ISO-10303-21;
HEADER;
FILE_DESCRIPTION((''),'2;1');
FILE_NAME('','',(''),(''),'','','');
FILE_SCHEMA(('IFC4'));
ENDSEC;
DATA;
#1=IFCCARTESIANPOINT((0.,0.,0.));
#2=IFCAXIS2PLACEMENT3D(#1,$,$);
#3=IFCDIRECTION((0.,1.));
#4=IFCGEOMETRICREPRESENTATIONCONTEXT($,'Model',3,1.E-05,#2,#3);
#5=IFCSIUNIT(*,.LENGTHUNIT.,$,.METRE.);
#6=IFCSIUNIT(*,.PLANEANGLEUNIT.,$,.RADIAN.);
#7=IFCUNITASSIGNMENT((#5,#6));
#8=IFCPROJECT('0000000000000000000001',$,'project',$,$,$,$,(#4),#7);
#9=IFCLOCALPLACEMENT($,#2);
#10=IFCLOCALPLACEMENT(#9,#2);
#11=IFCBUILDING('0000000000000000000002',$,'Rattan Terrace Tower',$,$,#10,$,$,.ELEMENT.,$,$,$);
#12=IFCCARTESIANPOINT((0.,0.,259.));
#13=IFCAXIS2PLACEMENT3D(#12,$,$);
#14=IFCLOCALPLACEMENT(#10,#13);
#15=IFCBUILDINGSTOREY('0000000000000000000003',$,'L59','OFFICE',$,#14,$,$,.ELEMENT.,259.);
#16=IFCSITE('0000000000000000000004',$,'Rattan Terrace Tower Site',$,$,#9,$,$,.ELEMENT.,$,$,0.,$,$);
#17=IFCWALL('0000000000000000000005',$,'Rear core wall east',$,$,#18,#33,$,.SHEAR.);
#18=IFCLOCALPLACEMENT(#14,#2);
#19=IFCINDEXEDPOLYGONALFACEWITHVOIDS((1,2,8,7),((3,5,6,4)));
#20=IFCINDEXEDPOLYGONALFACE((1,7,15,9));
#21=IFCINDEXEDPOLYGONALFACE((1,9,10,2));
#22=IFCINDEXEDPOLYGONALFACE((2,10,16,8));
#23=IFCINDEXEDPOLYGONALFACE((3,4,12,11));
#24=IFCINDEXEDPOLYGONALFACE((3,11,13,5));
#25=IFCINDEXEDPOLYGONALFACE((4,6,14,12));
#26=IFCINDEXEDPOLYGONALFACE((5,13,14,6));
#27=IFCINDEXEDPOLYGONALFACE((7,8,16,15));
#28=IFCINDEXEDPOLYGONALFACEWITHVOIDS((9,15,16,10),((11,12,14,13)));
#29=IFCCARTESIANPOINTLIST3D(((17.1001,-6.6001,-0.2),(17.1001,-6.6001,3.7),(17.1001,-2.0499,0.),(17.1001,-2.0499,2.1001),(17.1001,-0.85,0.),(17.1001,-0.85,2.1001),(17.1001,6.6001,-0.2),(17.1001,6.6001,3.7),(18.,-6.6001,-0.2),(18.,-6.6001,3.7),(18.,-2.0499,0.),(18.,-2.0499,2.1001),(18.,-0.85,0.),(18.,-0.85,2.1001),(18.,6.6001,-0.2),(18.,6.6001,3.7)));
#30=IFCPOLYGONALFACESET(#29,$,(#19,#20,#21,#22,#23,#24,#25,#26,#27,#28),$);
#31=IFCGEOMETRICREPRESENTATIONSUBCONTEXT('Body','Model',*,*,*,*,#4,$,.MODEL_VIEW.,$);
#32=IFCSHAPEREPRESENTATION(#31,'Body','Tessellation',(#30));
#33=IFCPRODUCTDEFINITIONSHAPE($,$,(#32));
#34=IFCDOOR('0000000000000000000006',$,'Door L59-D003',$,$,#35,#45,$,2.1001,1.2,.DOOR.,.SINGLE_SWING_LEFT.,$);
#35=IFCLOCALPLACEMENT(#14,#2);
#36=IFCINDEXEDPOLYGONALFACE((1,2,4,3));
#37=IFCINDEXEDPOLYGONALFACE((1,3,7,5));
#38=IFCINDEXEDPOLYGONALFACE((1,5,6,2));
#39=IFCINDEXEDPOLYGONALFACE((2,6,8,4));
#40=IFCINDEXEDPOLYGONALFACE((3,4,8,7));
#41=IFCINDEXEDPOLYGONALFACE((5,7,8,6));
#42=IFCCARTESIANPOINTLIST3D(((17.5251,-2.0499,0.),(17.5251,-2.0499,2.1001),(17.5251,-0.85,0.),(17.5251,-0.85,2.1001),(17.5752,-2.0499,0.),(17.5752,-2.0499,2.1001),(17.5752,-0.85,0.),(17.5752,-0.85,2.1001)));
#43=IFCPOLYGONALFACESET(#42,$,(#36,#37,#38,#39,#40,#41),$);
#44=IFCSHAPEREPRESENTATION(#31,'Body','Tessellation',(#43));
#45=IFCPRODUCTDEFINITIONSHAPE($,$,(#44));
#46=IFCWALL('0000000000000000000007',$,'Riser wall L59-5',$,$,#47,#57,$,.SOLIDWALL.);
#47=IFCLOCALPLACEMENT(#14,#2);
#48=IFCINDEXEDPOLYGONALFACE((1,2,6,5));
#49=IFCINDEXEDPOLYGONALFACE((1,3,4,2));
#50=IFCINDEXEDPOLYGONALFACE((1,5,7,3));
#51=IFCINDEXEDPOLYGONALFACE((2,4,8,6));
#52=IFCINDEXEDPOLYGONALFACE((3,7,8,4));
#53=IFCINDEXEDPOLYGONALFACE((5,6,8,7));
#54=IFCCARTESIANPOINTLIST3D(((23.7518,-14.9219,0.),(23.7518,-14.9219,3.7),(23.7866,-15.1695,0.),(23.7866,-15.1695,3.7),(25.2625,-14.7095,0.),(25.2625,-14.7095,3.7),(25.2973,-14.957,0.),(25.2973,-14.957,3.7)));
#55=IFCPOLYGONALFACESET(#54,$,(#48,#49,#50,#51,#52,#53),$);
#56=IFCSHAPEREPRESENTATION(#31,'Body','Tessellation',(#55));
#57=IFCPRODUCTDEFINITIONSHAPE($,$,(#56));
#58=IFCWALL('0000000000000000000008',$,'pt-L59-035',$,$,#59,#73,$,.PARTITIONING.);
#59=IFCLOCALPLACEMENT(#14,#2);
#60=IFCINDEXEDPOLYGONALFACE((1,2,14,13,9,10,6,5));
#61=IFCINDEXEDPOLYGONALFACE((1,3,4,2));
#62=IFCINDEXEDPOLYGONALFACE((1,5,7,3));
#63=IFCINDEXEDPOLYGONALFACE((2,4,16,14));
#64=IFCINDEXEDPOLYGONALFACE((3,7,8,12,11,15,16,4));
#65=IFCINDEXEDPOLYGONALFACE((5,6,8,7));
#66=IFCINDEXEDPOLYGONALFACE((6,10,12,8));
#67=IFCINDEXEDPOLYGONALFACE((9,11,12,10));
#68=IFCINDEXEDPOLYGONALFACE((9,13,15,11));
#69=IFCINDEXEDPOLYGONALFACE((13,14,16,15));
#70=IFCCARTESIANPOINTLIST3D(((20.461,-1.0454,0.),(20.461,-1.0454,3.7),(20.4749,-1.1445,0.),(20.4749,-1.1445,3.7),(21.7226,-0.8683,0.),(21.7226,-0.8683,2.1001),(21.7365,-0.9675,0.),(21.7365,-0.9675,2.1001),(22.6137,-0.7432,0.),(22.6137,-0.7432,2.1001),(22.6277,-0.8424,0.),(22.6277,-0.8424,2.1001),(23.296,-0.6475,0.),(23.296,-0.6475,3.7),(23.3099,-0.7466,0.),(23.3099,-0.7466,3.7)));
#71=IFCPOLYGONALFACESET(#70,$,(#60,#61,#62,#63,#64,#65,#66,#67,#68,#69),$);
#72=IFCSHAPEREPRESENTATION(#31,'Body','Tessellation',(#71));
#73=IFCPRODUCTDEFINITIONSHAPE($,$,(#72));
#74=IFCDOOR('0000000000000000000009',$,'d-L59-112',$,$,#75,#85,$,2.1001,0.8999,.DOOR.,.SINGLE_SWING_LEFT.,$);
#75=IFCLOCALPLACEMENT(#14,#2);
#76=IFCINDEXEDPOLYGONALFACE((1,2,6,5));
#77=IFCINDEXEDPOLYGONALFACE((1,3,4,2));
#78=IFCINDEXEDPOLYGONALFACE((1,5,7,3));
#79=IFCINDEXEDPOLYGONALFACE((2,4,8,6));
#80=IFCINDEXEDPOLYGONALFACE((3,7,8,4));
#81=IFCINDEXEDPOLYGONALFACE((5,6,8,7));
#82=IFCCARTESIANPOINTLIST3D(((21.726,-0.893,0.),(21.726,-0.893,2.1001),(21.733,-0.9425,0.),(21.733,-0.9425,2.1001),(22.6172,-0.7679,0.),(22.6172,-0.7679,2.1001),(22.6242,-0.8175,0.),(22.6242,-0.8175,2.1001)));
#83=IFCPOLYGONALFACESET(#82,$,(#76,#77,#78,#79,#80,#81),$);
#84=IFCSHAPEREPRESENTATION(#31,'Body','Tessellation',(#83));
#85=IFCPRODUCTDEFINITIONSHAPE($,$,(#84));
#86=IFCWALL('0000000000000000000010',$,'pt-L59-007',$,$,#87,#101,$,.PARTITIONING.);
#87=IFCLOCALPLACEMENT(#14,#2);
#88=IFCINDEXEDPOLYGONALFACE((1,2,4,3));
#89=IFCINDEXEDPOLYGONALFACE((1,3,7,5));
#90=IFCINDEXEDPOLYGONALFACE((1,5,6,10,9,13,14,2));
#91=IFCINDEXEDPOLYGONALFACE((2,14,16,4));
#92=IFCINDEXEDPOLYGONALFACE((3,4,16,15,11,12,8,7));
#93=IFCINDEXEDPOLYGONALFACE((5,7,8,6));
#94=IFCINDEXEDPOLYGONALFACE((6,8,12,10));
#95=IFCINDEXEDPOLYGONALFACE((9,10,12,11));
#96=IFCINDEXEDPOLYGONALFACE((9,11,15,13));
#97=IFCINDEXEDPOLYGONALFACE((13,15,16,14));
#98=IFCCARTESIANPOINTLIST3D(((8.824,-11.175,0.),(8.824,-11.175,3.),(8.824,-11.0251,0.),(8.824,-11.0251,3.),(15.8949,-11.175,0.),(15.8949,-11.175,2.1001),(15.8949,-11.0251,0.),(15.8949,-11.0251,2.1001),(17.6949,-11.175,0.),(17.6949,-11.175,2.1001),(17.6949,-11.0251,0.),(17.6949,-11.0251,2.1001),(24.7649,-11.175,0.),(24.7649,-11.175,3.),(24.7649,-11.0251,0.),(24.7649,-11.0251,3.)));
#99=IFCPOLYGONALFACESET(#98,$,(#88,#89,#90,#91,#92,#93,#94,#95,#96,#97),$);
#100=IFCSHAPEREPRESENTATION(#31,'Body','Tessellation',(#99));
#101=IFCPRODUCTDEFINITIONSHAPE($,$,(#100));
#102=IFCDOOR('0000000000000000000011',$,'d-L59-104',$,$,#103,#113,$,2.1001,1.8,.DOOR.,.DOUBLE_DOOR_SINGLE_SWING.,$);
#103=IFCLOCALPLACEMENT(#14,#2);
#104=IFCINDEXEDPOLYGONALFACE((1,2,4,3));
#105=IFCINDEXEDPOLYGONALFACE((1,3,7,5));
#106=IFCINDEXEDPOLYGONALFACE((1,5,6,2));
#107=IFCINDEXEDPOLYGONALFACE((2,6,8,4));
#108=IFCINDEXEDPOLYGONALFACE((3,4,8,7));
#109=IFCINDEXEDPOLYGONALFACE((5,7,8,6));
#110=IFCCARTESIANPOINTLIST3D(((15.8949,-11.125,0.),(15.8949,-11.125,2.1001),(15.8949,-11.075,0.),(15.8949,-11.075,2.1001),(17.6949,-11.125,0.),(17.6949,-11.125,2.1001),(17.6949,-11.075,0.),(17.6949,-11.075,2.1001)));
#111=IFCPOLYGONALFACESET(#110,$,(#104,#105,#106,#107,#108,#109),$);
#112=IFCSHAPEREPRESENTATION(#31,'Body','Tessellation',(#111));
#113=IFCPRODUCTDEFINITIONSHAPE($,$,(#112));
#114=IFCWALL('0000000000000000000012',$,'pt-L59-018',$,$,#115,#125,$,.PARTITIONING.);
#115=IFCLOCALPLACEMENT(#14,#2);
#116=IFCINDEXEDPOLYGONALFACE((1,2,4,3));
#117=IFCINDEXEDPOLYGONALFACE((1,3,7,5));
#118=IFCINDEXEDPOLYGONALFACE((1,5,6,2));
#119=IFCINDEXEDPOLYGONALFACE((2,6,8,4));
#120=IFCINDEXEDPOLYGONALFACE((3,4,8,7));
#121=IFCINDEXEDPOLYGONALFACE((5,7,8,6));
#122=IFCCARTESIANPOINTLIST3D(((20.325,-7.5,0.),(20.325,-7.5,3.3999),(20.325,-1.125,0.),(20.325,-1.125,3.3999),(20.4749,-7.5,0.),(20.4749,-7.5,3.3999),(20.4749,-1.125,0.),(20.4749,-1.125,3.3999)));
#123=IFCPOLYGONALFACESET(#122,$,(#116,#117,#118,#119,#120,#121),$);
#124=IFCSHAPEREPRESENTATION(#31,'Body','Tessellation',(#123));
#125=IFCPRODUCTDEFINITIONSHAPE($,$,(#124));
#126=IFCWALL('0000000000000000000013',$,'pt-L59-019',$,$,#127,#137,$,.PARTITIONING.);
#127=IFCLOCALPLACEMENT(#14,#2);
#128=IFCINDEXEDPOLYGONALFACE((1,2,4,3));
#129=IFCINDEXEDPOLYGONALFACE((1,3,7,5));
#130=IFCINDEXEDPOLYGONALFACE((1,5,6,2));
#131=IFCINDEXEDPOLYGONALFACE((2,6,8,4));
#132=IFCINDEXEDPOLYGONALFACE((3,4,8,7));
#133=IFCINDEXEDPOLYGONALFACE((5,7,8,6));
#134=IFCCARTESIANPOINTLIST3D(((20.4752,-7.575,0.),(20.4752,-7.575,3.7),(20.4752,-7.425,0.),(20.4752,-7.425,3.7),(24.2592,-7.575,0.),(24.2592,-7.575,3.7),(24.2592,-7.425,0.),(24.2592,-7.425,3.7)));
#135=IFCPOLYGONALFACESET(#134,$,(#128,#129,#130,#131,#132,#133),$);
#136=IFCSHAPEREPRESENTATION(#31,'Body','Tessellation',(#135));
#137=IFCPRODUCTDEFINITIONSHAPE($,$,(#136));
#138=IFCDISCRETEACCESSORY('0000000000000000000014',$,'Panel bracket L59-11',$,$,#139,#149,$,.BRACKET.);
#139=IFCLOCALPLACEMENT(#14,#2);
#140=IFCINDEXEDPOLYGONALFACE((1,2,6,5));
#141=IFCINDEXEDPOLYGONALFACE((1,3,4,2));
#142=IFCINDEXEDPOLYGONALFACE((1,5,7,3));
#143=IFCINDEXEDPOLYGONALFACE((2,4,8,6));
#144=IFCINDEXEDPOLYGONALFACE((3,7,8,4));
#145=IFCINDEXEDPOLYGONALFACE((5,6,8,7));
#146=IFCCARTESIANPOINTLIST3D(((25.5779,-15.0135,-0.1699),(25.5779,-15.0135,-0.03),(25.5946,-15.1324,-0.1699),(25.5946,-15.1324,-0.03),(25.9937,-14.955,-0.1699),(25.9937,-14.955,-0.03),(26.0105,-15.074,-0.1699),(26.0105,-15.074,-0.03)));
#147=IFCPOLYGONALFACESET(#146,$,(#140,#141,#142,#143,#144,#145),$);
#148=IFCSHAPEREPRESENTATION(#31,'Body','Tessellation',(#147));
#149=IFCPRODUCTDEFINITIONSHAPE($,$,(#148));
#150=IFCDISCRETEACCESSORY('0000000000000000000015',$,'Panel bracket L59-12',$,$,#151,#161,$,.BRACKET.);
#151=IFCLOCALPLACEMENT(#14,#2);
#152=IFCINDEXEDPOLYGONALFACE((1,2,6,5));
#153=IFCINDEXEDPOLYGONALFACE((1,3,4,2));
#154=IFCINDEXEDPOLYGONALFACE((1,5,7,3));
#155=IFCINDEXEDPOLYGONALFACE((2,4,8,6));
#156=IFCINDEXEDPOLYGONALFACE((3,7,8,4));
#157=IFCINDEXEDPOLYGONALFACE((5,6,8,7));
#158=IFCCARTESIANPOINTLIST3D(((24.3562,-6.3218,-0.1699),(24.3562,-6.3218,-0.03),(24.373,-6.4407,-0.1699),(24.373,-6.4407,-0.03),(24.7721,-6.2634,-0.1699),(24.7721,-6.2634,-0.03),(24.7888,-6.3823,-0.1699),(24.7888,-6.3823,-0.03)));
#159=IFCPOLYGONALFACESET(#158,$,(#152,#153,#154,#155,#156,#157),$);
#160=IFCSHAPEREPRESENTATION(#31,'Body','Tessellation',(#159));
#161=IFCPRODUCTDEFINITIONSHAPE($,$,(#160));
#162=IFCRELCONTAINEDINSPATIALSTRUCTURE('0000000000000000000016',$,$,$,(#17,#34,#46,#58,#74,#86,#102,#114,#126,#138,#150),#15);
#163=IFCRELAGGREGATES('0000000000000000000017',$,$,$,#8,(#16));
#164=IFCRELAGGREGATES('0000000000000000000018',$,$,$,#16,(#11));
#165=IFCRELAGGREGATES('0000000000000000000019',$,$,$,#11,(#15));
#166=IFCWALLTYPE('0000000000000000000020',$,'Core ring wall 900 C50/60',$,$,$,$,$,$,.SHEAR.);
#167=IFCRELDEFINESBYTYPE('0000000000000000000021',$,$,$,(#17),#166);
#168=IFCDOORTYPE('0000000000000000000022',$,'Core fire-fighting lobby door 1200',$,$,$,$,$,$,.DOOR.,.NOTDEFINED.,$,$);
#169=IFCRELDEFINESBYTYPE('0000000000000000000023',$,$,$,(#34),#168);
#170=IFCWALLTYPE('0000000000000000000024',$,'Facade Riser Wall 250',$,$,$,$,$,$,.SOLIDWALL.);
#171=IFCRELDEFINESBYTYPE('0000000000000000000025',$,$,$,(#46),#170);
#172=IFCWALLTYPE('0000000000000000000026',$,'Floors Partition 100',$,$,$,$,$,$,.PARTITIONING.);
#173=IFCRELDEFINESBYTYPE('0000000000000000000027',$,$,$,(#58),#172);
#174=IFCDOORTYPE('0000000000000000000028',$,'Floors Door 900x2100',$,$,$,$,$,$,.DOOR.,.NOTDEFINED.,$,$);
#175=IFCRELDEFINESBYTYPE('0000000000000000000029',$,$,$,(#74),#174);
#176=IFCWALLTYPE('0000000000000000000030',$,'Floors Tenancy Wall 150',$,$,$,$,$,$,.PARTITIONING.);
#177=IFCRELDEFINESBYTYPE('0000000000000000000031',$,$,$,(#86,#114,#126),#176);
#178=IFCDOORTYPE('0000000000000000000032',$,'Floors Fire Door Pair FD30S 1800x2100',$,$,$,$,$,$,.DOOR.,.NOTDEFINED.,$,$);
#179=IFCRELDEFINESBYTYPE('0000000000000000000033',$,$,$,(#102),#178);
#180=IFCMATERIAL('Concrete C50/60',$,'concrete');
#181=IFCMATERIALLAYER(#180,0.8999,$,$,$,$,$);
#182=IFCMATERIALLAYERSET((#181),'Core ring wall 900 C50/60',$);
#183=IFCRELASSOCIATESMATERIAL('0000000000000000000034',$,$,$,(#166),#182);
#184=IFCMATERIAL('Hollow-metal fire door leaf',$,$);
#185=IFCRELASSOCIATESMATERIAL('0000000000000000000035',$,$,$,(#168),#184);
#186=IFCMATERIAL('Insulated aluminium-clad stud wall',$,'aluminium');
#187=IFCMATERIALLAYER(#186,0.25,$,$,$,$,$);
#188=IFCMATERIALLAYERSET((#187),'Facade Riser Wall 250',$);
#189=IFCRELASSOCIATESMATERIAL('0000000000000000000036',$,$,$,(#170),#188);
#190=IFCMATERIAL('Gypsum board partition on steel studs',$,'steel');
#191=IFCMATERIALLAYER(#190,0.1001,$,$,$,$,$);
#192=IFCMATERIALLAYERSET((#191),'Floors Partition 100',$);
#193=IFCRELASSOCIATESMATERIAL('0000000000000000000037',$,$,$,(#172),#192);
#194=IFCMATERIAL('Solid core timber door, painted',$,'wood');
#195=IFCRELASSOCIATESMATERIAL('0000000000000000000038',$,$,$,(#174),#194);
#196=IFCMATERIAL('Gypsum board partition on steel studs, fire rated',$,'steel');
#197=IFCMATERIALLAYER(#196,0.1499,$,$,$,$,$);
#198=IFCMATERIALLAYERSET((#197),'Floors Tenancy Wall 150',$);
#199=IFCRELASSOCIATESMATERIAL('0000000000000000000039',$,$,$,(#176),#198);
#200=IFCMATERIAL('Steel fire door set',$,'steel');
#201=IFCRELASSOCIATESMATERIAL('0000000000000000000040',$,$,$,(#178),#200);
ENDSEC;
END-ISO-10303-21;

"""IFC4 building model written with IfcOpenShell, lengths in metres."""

from ifc_helpers import new_model, si_unit, direction, frame, frame_2d, origin, origin_2d, place, context, subcontext, project, spatial, rectangle, extrude, material, layer, layer_set, type_object, element, fill, save


model = new_model("IFC4")

# Units and contexts
model_context = context("Model", 3, precision=1e-05, world=origin(), true_north=direction((0.0, 1.0)))
body_context = subcontext(model_context, "Body", "Model", "MODEL_VIEW")
ifc_project = project(units=[si_unit("LENGTHUNIT", "METRE"), si_unit("PLANEANGLEUNIT", "RADIAN")], contexts=[model_context])

# Site, building, storey
site_placement = place(None, origin())
site = spatial("IfcSite", under=ifc_project, at=site_placement, Name="Rattan Terrace Tower Site", CompositionType="ELEMENT", RefElevation=0.0)
building_placement = place(site_placement, origin())
building = spatial("IfcBuilding", under=site, at=building_placement, Name="Rattan Terrace Tower", CompositionType="ELEMENT")
storey_placement = place(building_placement, frame((0.0, 0.0, 259.0)))
storey = spatial("IfcBuildingStorey", under=building, at=storey_placement, Name="L59", Description="OFFICE", CompositionType="ELEMENT", Elevation=259.0)

# Wall, opening, door
ifc_material_1 = material(Name="Concrete C50/60", Category="concrete")
ifc_layer_1 = layer(ifc_material_1, 0.8999)
ifc_layer_set_1 = layer_set([ifc_layer_1], Name="Core ring wall 900 C50/60")
wall_type_1 = type_object("IfcWallType", Name="Core ring wall 900 C50/60", PredefinedType="SHEAR", material=ifc_layer_set_1)
wall_1_placement = place(storey_placement, frame((17.55, -6.6001, -0.2), z_axis=(0.0, 0.0, 1.0), x_axis=(0.0, 1.0, 0.0)))
wall_1 = element("IfcWall", 1, at=wall_1_placement, inside=storey, type_object=wall_type_1, Name="Rear core wall east", PredefinedType="SHEAR", context=body_context, shape_type="SweptSolid", body=[
    extrude(rectangle(XDim=13.2002, YDim=0.8999, at=frame_2d((6.6001, 0.0))), origin(), (0.0, 0.0, 1.0), 3.8999),
])
opening_1_placement = place(wall_1_placement, frame((4.55, 0.0, 0.2)))
opening_1 = element("IfcOpeningElement", 2, at=opening_1_placement, cuts=wall_1, PredefinedType="OPENING", context=body_context, shape_type="SweptSolid", body=[
    extrude(rectangle(XDim=1.2, YDim=2.1001, at=frame_2d((0.6001, 1.05))), frame((0.0, 0.4604, 0.0), z_axis=(0.0, -1.0, 0.0), x_axis=(1.0, 0.0, 0.0)), (0.0, 0.0, 1.0), 0.9209),
])
ifc_material_2 = material(Name="Hollow-metal fire door leaf")
door_type_1 = type_object("IfcDoorType", Name="Core fire-fighting lobby door 1200", OperationType="NOTDEFINED", PredefinedType="DOOR", material=ifc_material_2)
door_1_placement = place(opening_1_placement, origin())
door_1 = element("IfcDoor", 3, at=door_1_placement, inside=storey, type_object=door_type_1, Name="Door L59-D003", OperationType="SINGLE_SWING_LEFT", OverallHeight=2.1001, OverallWidth=1.2, PredefinedType="DOOR", context=body_context, shape_type="SweptSolid", body=[
    extrude(rectangle(XDim=1.2, YDim=2.1001, at=frame_2d((0.6001, 1.05))), frame((0.0, 0.0249, 0.0), z_axis=(0.0, -1.0, 0.0), x_axis=(1.0, 0.0, 0.0)), (0.0, 0.0, 1.0), 0.05),
])
fill(opening_1, door_1)

# Wall
ifc_material_3 = material(Name="Insulated aluminium-clad stud wall", Category="aluminium")
ifc_layer_2 = layer(ifc_material_3, 0.25)
ifc_layer_set_2 = layer_set([ifc_layer_2], Name="Facade Riser Wall 250")
wall_type_2 = type_object("IfcWallType", Name="Facade Riser Wall 250", PredefinedType="SOLIDWALL", material=ifc_layer_set_2)
wall_2_placement = place(storey_placement, frame((23.7693, -15.0457, 0.0), z_axis=(0.0, 0.0, 1.0), x_axis=(0.990261, 0.139225, 0.0)))
element("IfcWall", 4, at=wall_2_placement, inside=storey, type_object=wall_type_2, Name="Riser wall L59-5", PredefinedType="SOLIDWALL", context=body_context, shape_type="SweptSolid", body=[
    extrude(rectangle(XDim=1.5256, YDim=0.25, at=frame_2d((0.7627, 0.0))), origin(), (0.0, 0.0, 1.0), 3.7),
])

# Walls, openings, doors
ifc_material_4 = material(Name="Gypsum board partition on steel studs", Category="steel")
ifc_layer_3 = layer(ifc_material_4, 0.1001)
ifc_layer_set_3 = layer_set([ifc_layer_3], Name="Floors Partition 100")
wall_type_3 = type_object("IfcWallType", Name="Floors Partition 100", PredefinedType="PARTITIONING", material=ifc_layer_set_3)
wall_3_placement = place(storey_placement, frame((23.303, -0.697, 0.0), z_axis=(0.0, 0.0, 1.0), x_axis=(-0.990291, -0.139009, 0.0)))
wall_3 = element("IfcWall", 5, at=wall_3_placement, inside=storey, type_object=wall_type_3, Name="pt-L59-035", PredefinedType="PARTITIONING", context=body_context, shape_type="SweptSolid", body=[
    extrude(rectangle(XDim=2.8628, YDim=0.1001, at=frame_2d((1.4314, 0.0))), origin(), (0.0, 0.0, 1.0), 3.7),
])
opening_2_placement = place(wall_3_placement, frame((0.689, 0.0, 0.0)))
opening_2 = element("IfcOpeningElement", 6, at=opening_2_placement, cuts=wall_3, PredefinedType="OPENING", context=body_context, shape_type="SweptSolid", body=[
    extrude(rectangle(XDim=0.8999, YDim=2.1001, at=frame_2d((0.45, 1.05))), frame((0.0, 0.0605, 0.0), z_axis=(0.0, -1.0, 0.0), x_axis=(1.0, 0.0, 0.0)), (0.0, 0.0, 1.0), 0.1211),
])
ifc_material_5 = material(Name="Solid core timber door, painted", Category="wood")
door_type_2 = type_object("IfcDoorType", Name="Floors Door 900x2100", OperationType="NOTDEFINED", PredefinedType="DOOR", material=ifc_material_5)
door_2_placement = place(opening_2_placement, origin())
door_2 = element("IfcDoor", 7, at=door_2_placement, inside=storey, type_object=door_type_2, Name="d-L59-112", OperationType="SINGLE_SWING_LEFT", OverallHeight=2.1001, OverallWidth=0.8999, PredefinedType="DOOR", context=body_context, shape_type="SweptSolid", body=[
    extrude(rectangle(XDim=0.8999, YDim=2.1001, at=frame_2d((0.45, 1.05))), frame((0.0, 0.0249, 0.0), z_axis=(0.0, -1.0, 0.0), x_axis=(1.0, 0.0, 0.0)), (0.0, 0.0, 1.0), 0.05),
])
fill(opening_2, door_2)
ifc_material_6 = material(Name="Gypsum board partition on steel studs, fire rated", Category="steel")
ifc_layer_4 = layer(ifc_material_6, 0.1499)
ifc_layer_set_4 = layer_set([ifc_layer_4], Name="Floors Tenancy Wall 150")
wall_type_4 = type_object("IfcWallType", Name="Floors Tenancy Wall 150", PredefinedType="PARTITIONING", material=ifc_layer_set_4)
wall_4_placement = place(storey_placement, frame((24.7649, -11.1001, 0.0), z_axis=(0.0, 0.0, 1.0), x_axis=(-1.0, 0.0, 0.0)))
wall_4 = element("IfcWall", 8, at=wall_4_placement, inside=storey, type_object=wall_type_4, Name="pt-L59-007", PredefinedType="PARTITIONING", context=body_context, shape_type="SweptSolid", body=[
    extrude(rectangle(XDim=15.9409, YDim=0.1499, at=frame_2d((7.9705, 0.0))), origin(), (0.0, 0.0, 1.0), 3.0),
])
opening_3_placement = place(wall_4_placement, frame((7.0701, 0.0, 0.0)))
opening_3 = element("IfcOpeningElement", 9, at=opening_3_placement, cuts=wall_4, PredefinedType="OPENING", context=body_context, shape_type="SweptSolid", body=[
    extrude(rectangle(XDim=1.8, YDim=2.1001, at=frame_2d((0.8999, 1.05))), frame((0.0, 0.0854, 0.0), z_axis=(0.0, -1.0, 0.0), x_axis=(1.0, 0.0, 0.0)), (0.0, 0.0, 1.0), 0.1709),
])
ifc_material_7 = material(Name="Steel fire door set", Category="steel")
door_type_3 = type_object("IfcDoorType", Name="Floors Fire Door Pair FD30S 1800x2100", OperationType="NOTDEFINED", PredefinedType="DOOR", material=ifc_material_7)
door_3_placement = place(opening_3_placement, origin())
door_3 = element("IfcDoor", 10, at=door_3_placement, inside=storey, type_object=door_type_3, Name="d-L59-104", OperationType="DOUBLE_DOOR_SINGLE_SWING", OverallHeight=2.1001, OverallWidth=1.8, PredefinedType="DOOR", context=body_context, shape_type="SweptSolid", body=[
    extrude(rectangle(XDim=1.8, YDim=2.1001, at=frame_2d((0.8999, 1.05))), frame((0.0, 0.0249, 0.0), z_axis=(0.0, -1.0, 0.0), x_axis=(1.0, 0.0, 0.0)), (0.0, 0.0, 1.0), 0.05),
])
fill(opening_3, door_3)

# Walls
wall_5_placement = place(storey_placement, frame((20.3999, -1.125, 0.0), z_axis=(0.0, 0.0, 1.0), x_axis=(0.0, -1.0, 0.0)))
element("IfcWall", 11, at=wall_5_placement, inside=storey, type_object=wall_type_4, Name="pt-L59-018", PredefinedType="PARTITIONING", context=body_context, shape_type="SweptSolid", body=[
    extrude(rectangle(XDim=6.375, YDim=0.1499, at=frame_2d((3.1875, 0.0))), origin(), (0.0, 0.0, 1.0), 3.3999),
])
wall_6_placement = place(storey_placement, frame((20.4751, -7.5, 0.0), z_axis=(0.0, 0.0, 1.0), x_axis=(1.0, 0.0, 0.0)))
element("IfcWall", 12, at=wall_6_placement, inside=storey, type_object=wall_type_4, Name="pt-L59-019", PredefinedType="PARTITIONING", context=body_context, shape_type="SweptSolid", body=[
    extrude(rectangle(XDim=3.7839, YDim=0.1499, at=frame_2d((1.8921, 0.0))), origin(), (0.0, 0.0, 1.0), 3.7),
])

# Discrete accessories
for number, where, z_axis, x_axis, name in (
    (13, (25.7942, -15.0437, -0.1699), (0.0, 0.0, 1.0), (-0.139192, 0.990265, 0.0), "Panel bracket L59-11"),
    (14, (24.5725, -6.3521, -0.1699), (0.0, 0.0, 1.0), (-0.139192, 0.990265, 0.0), "Panel bracket L59-12"),
):
    element("IfcDiscreteAccessory", number, at=place(storey_placement, frame(where, z_axis=z_axis, x_axis=x_axis)), inside=storey, Name=name, PredefinedType="BRACKET", context=body_context, shape_type="SweptSolid", body=[
        extrude(rectangle(XDim=0.1201, YDim=0.4199, at=origin_2d()), origin(), (0.0, 0.0, 1.0), 0.1399),
    ])

save(model, "model.ifc")
